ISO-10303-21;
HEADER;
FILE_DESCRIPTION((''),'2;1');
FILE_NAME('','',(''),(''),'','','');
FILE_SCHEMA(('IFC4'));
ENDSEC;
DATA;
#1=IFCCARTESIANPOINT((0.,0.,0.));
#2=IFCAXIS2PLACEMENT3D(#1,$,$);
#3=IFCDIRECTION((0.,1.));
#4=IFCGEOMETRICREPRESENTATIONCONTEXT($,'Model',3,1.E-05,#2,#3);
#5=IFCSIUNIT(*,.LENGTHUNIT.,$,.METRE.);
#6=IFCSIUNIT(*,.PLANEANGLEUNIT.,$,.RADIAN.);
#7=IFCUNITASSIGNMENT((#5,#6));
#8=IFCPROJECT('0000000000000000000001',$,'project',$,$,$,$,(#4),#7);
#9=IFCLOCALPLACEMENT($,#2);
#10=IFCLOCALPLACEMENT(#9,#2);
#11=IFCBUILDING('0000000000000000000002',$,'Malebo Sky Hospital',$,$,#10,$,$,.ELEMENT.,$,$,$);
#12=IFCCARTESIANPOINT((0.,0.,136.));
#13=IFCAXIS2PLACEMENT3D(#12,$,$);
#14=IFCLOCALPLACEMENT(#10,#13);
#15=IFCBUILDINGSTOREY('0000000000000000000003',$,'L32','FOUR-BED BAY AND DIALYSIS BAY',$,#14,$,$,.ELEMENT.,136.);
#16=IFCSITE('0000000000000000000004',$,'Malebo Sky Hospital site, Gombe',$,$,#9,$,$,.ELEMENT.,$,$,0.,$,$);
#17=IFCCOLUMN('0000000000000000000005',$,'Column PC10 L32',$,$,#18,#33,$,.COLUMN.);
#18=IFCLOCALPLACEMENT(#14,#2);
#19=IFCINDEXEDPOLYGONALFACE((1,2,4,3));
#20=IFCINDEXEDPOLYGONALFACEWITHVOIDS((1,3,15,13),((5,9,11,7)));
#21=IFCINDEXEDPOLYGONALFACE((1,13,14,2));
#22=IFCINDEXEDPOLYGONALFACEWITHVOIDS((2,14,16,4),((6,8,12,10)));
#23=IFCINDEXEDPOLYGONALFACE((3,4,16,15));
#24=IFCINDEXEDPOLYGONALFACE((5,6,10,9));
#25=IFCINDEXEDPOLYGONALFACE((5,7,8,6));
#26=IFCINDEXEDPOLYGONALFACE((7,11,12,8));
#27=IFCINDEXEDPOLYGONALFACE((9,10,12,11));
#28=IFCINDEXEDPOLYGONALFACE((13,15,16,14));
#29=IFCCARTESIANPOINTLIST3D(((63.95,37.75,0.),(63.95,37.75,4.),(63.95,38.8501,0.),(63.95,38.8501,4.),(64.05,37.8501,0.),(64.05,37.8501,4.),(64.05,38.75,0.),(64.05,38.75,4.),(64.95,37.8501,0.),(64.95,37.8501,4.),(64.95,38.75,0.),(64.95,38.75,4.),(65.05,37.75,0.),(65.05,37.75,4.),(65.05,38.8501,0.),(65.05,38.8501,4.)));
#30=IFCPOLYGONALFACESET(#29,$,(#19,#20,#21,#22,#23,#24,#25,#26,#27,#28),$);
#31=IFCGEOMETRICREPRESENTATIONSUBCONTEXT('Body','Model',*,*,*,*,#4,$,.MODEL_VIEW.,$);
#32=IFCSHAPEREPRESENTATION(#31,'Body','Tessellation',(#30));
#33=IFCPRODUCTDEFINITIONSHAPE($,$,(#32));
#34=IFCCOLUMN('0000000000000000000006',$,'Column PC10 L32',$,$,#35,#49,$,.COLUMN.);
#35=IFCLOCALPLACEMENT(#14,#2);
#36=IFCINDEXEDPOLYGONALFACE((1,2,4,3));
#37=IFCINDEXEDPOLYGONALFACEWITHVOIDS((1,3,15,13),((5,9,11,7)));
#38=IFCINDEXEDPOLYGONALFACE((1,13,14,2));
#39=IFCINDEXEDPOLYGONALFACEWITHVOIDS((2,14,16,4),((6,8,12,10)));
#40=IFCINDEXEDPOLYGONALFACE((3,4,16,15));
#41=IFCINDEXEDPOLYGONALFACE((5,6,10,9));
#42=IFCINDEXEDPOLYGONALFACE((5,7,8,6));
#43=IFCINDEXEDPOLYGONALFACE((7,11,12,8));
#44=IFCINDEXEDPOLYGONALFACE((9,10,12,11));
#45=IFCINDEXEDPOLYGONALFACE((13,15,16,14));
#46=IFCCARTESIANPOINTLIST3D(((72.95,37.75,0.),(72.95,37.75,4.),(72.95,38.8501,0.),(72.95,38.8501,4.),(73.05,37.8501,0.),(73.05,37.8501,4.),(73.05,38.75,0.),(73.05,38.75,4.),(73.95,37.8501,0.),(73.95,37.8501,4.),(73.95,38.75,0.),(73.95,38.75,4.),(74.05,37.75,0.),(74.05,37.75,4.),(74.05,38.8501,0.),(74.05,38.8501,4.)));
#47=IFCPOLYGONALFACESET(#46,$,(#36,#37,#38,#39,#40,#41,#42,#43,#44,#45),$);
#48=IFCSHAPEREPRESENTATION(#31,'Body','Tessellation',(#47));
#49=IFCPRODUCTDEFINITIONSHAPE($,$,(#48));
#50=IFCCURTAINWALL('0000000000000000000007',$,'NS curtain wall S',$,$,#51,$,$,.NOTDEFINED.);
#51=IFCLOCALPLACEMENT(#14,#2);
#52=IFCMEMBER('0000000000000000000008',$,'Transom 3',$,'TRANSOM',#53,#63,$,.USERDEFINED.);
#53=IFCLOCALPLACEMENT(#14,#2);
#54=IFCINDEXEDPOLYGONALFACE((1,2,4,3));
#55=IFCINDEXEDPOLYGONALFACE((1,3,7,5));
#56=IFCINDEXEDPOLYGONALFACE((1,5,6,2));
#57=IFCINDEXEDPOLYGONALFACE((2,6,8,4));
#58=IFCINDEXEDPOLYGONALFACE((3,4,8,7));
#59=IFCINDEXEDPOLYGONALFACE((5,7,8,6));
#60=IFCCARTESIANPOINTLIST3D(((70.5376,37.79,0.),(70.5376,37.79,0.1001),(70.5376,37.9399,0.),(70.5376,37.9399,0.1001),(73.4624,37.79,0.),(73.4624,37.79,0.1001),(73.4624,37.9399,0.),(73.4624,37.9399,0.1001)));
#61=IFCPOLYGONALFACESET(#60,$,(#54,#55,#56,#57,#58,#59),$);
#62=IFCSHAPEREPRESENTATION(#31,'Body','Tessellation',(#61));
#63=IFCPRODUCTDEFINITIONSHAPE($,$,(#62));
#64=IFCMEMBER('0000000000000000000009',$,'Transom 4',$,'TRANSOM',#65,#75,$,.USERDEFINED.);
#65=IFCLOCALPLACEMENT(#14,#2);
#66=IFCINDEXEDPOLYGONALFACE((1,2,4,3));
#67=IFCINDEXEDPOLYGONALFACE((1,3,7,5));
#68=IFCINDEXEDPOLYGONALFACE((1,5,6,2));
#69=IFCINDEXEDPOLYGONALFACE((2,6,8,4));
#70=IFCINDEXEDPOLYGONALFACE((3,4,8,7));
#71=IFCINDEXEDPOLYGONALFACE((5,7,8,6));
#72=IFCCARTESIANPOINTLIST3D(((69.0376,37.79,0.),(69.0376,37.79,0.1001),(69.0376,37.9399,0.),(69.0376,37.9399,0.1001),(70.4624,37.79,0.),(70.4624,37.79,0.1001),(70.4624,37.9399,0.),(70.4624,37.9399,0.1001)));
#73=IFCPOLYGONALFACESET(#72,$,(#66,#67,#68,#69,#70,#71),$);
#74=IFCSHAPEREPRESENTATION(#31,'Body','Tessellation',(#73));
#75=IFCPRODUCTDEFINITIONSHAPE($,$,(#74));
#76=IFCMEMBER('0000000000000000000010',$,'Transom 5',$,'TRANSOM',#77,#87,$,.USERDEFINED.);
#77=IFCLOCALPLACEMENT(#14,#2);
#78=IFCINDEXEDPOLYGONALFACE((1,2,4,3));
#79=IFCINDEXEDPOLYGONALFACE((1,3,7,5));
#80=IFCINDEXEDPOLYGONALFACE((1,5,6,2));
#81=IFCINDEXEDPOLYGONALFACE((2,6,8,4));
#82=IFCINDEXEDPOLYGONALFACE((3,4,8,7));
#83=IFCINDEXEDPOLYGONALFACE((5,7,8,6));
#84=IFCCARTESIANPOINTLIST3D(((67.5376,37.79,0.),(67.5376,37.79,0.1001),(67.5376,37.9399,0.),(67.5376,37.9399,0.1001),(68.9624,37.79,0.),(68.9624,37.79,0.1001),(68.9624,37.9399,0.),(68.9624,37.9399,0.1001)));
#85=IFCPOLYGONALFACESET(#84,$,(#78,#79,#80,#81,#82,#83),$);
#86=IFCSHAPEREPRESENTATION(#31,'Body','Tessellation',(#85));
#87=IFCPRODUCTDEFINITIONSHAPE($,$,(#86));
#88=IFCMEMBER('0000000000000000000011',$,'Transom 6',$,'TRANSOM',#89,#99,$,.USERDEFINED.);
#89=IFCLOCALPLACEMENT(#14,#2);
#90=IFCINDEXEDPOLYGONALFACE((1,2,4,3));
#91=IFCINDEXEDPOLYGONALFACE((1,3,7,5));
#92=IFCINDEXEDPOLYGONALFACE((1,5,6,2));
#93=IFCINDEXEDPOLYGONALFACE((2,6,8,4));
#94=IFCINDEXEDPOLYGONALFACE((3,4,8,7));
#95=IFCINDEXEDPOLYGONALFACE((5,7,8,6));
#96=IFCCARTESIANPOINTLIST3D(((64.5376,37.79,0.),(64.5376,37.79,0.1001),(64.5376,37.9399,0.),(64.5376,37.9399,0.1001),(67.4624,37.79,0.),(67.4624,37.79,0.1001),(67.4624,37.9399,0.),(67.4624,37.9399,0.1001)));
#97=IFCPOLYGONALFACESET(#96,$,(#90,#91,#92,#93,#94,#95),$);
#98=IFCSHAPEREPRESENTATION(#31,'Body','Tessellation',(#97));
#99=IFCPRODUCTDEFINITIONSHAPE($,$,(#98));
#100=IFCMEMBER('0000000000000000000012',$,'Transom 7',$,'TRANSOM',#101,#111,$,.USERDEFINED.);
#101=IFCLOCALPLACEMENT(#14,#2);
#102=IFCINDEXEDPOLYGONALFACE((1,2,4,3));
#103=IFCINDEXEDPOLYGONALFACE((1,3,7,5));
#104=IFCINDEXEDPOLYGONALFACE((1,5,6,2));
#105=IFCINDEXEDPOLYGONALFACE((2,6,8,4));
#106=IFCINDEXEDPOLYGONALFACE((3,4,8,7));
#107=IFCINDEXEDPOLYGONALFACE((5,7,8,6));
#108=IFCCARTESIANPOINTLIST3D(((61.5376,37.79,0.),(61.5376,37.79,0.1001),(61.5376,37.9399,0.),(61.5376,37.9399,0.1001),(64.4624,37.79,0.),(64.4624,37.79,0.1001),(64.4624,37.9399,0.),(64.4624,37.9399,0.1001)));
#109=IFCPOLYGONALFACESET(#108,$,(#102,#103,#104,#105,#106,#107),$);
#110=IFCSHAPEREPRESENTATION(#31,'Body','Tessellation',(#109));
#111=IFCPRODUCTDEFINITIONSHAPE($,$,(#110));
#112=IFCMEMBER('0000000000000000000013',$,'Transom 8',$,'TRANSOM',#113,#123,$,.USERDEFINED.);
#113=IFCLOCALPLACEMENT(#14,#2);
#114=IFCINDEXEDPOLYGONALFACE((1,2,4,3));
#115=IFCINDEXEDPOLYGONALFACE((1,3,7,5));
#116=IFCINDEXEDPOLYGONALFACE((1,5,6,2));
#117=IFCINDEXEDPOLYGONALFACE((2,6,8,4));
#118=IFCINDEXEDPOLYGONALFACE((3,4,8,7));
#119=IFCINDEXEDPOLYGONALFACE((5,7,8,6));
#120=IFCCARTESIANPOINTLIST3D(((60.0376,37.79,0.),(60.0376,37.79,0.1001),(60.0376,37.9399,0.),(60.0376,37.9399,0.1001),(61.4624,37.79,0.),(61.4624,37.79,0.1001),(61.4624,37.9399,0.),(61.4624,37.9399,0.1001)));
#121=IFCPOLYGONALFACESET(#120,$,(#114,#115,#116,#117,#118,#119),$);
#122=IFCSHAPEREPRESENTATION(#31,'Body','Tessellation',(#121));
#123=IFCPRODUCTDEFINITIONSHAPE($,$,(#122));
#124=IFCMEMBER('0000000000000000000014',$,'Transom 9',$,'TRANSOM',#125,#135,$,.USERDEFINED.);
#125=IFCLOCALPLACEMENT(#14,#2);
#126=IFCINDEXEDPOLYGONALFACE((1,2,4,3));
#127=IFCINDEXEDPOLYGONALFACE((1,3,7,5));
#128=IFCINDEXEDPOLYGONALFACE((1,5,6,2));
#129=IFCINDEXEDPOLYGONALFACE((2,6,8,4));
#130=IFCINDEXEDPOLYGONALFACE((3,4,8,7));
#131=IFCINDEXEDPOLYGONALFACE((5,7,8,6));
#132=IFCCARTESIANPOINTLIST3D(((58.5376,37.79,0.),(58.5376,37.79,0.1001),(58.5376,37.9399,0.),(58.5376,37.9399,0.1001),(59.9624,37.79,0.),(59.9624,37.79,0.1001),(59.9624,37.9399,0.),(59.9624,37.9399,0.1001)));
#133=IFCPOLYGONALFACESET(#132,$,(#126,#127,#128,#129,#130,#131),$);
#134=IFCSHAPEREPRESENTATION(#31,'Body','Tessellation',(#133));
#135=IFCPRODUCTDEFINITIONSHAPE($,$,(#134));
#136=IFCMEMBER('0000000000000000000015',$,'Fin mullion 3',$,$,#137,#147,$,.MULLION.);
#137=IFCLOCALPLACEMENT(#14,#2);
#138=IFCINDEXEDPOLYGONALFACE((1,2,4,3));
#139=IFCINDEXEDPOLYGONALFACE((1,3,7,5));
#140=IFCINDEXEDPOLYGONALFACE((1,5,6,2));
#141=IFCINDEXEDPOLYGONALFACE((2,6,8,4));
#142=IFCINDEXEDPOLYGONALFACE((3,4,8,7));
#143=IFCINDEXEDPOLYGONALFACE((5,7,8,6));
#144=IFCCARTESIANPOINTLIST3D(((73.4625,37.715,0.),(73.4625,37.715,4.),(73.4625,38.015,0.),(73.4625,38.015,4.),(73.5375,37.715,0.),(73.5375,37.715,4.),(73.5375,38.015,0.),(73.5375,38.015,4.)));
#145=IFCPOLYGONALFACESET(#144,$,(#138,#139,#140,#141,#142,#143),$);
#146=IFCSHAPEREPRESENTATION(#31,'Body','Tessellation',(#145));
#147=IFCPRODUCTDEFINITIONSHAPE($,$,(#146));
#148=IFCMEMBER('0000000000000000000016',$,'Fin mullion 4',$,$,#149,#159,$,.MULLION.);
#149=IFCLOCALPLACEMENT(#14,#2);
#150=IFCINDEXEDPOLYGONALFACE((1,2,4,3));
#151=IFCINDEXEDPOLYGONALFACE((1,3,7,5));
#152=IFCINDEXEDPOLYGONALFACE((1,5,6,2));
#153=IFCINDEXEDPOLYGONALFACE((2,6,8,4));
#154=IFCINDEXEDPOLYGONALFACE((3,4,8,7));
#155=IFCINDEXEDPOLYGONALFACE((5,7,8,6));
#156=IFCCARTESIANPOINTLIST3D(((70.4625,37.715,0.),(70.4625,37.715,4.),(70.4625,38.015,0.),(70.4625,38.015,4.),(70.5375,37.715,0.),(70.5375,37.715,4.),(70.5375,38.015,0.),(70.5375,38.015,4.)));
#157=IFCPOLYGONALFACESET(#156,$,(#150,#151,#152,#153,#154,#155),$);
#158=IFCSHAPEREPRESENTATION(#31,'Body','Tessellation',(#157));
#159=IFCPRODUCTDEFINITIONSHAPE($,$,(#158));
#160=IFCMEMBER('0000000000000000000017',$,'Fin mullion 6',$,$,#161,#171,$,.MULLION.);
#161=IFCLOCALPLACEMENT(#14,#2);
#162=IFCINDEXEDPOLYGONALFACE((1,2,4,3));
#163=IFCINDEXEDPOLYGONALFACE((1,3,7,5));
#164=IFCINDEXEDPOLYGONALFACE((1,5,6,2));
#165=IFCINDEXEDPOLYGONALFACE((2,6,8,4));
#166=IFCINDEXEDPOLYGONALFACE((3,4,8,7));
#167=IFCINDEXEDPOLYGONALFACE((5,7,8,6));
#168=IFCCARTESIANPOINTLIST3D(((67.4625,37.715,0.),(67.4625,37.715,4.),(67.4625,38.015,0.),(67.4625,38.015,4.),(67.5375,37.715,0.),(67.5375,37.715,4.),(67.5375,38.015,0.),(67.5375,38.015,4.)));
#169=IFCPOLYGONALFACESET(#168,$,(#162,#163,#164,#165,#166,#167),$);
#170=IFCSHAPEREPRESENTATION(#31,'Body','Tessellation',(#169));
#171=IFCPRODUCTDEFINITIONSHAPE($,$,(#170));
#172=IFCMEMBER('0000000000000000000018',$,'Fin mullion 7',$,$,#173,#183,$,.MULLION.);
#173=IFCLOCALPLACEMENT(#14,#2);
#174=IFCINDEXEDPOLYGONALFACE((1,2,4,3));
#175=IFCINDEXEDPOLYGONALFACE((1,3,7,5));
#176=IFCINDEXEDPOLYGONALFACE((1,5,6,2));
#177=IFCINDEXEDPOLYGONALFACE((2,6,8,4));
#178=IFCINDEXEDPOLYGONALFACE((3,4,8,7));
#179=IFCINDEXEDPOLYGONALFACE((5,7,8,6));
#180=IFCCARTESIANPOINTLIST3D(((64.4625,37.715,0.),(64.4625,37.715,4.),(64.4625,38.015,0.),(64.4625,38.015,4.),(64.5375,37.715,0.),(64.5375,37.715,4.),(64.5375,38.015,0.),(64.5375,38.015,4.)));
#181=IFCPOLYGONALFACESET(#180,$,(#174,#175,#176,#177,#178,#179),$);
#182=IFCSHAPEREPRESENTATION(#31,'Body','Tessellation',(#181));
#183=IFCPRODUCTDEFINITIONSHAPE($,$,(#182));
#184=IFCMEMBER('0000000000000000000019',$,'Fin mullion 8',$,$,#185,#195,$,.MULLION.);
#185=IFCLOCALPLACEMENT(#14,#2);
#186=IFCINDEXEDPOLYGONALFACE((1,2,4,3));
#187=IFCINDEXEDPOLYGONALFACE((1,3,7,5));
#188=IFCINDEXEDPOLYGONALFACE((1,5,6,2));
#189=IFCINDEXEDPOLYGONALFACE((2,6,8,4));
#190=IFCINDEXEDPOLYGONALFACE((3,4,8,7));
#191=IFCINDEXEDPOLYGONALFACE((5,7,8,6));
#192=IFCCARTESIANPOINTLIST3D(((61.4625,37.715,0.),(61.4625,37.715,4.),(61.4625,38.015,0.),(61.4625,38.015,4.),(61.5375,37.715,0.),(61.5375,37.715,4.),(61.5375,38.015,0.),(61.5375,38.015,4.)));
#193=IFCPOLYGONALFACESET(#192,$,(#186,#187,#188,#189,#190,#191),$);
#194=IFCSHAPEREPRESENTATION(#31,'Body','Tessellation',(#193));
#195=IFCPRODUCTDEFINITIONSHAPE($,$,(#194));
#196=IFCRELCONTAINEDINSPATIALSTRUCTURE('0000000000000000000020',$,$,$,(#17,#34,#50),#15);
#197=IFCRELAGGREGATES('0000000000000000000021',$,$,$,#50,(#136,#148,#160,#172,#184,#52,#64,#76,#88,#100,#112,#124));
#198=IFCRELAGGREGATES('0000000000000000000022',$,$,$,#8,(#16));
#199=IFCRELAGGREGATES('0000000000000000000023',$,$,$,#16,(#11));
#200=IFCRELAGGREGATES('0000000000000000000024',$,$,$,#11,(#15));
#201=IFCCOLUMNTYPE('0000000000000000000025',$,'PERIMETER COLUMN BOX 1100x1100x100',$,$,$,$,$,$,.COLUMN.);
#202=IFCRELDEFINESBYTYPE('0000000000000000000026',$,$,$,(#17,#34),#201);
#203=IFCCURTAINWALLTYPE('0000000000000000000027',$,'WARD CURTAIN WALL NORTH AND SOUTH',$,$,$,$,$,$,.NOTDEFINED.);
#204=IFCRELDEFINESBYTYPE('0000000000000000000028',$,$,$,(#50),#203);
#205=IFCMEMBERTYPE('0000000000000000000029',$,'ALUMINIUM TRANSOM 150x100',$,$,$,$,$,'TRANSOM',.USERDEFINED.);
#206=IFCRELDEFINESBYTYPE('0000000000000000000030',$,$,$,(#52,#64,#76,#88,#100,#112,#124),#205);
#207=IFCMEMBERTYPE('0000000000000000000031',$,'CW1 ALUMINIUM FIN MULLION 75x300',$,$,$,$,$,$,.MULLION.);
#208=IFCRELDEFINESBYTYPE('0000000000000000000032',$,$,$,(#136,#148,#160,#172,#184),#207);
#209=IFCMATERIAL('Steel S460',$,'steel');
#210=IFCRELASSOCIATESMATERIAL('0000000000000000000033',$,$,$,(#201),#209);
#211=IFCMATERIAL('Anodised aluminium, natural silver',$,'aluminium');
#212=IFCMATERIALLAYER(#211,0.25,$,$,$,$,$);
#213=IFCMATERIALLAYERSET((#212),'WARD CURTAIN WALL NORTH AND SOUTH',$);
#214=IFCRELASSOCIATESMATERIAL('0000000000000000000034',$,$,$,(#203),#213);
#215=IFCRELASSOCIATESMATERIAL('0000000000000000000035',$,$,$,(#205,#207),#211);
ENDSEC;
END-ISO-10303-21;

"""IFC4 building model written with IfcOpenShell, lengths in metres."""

from ifc_helpers import new_model, si_unit, direction, frame, origin, origin_2d, place, context, subcontext, project, spatial, rectangle, hollow_rectangle, extrude, material, layer, layer_set, material_profile, profile_set, type_object, element, aggregate, save


model = new_model("IFC4")

# Units and contexts
model_context = context("Model", 3, precision=1e-05, world=origin(), true_north=direction((0.0, 1.0)))
body_context = subcontext(model_context, "Body", "Model", "MODEL_VIEW")
ifc_project = project(units=[si_unit("LENGTHUNIT", "METRE"), si_unit("PLANEANGLEUNIT", "RADIAN")], contexts=[model_context])

# Site, building, storey
site_placement = place(None, origin())
site = spatial("IfcSite", under=ifc_project, at=site_placement, Name="Malebo Sky Hospital site, Gombe", CompositionType="ELEMENT", RefElevation=0.0)
building_placement = place(site_placement, origin())
building = spatial("IfcBuilding", under=site, at=building_placement, Name="Malebo Sky Hospital", CompositionType="ELEMENT")
storey_placement = place(building_placement, frame((0.0, 0.0, 136.0)))
storey = spatial("IfcBuildingStorey", under=building, at=storey_placement, Name="L32", Description="FOUR-BED BAY AND DIALYSIS BAY", CompositionType="ELEMENT", Elevation=136.0)

# Columns
ifc_material_1 = material(Name="Steel S460", Category="steel")
ifc_material_profile_1 = material_profile(ifc_material_1, hollow_rectangle(XDim=1.1001, YDim=1.1001, WallThickness=0.1001, at=origin_2d()), Name="BOX 1100x1100x100")
ifc_profile_set_1 = profile_set([ifc_material_profile_1], Name="Steel S460")
column_type = type_object("IfcColumnType", Name="PERIMETER COLUMN BOX 1100x1100x100", PredefinedType="COLUMN", material=ifc_profile_set_1)
for number, where, z_axis, x_axis, name in (
    (1, (64.5, 38.3, 0.0), (0.0, 0.0, 1.0), (1.0, 0.0, 0.0), "Column PC10 L32"),
    (2, (73.5, 38.3, 0.0), (0.0, 0.0, 1.0), (1.0, 0.0, 0.0), "Column PC10 L32"),
):
    element("IfcColumn", number, at=place(storey_placement, frame(where, z_axis=z_axis, x_axis=x_axis)), inside=storey, type_object=column_type, Name=name, PredefinedType="COLUMN", context=body_context, shape_type="SweptSolid", body=[
        extrude(hollow_rectangle(XDim=1.1001, YDim=1.1001, WallThickness=0.1001, at=origin_2d()), origin(), (0.0, 0.0, 1.0), 4.0),
    ])

# Curtain wall, members
ifc_material_2 = material(Name="Anodised aluminium, natural silver", Category="aluminium")
ifc_layer_1 = layer(ifc_material_2, 0.25)
ifc_layer_set_1 = layer_set([ifc_layer_1], Name="WARD CURTAIN WALL NORTH AND SOUTH")
curtain_wall_type = type_object("IfcCurtainWallType", Name="WARD CURTAIN WALL NORTH AND SOUTH", PredefinedType="NOTDEFINED", material=ifc_layer_set_1)
curtain_wall_placement = place(storey_placement, origin())
curtain_wall = element("IfcCurtainWall", 3, at=curtain_wall_placement, inside=storey, type_object=curtain_wall_type, Name="NS curtain wall S", PredefinedType="NOTDEFINED")
ifc_material_profile_2 = material_profile(ifc_material_2, rectangle(XDim=0.1499, YDim=0.1001, at=origin_2d()), Name="ALUMINIUM TRANSOM 150x100")
ifc_profile_set_2 = profile_set([ifc_material_profile_2], Name="Anodised aluminium, natural silver")
member_type_1 = type_object("IfcMemberType", Name="ALUMINIUM TRANSOM 150x100", ElementType="TRANSOM", PredefinedType="USERDEFINED", material=ifc_profile_set_2)
member_1_placement = place(storey_placement, frame((73.4624, 37.865, 0.05), z_axis=(-1.0, 0.0, 0.0), x_axis=(0.0, -1.0, 0.0)))
member_1 = element("IfcMember", 4, at=member_1_placement, type_object=member_type_1, Name="Transom 3", ObjectType="TRANSOM", PredefinedType="USERDEFINED", context=body_context, shape_type="SweptSolid", body=[
    extrude(rectangle(XDim=0.1499, YDim=0.1001, at=origin_2d()), origin(), (0.0, 0.0, 1.0), 2.9248),
])
member_2_placement = place(storey_placement, frame((70.4624, 37.865, 0.05), z_axis=(-1.0, 0.0, 0.0), x_axis=(0.0, -1.0, 0.0)))
member_2 = element("IfcMember", 5, at=member_2_placement, type_object=member_type_1, Name="Transom 4", ObjectType="TRANSOM", PredefinedType="USERDEFINED", context=body_context, shape_type="SweptSolid", body=[
    extrude(rectangle(XDim=0.1499, YDim=0.1001, at=origin_2d()), origin(), (0.0, 0.0, 1.0), 1.4248),
])
member_3_placement = place(storey_placement, frame((68.9624, 37.865, 0.05), z_axis=(-1.0, 0.0, 0.0), x_axis=(0.0, -1.0, 0.0)))
member_3 = element("IfcMember", 6, at=member_3_placement, type_object=member_type_1, Name="Transom 5", ObjectType="TRANSOM", PredefinedType="USERDEFINED", context=body_context, shape_type="SweptSolid", body=[
    extrude(rectangle(XDim=0.1499, YDim=0.1001, at=origin_2d()), origin(), (0.0, 0.0, 1.0), 1.4248),
])
member_4_placement = place(storey_placement, frame((67.4624, 37.865, 0.05), z_axis=(-1.0, 0.0, 0.0), x_axis=(0.0, -1.0, 0.0)))
member_4 = element("IfcMember", 7, at=member_4_placement, type_object=member_type_1, Name="Transom 6", ObjectType="TRANSOM", PredefinedType="USERDEFINED", context=body_context, shape_type="SweptSolid", body=[
    extrude(rectangle(XDim=0.1499, YDim=0.1001, at=origin_2d()), origin(), (0.0, 0.0, 1.0), 2.9248),
])
member_5_placement = place(storey_placement, frame((64.4624, 37.865, 0.05), z_axis=(-1.0, 0.0, 0.0), x_axis=(0.0, -1.0, 0.0)))
member_5 = element("IfcMember", 8, at=member_5_placement, type_object=member_type_1, Name="Transom 7", ObjectType="TRANSOM", PredefinedType="USERDEFINED", context=body_context, shape_type="SweptSolid", body=[
    extrude(rectangle(XDim=0.1499, YDim=0.1001, at=origin_2d()), origin(), (0.0, 0.0, 1.0), 2.9248),
])
member_6_placement = place(storey_placement, frame((61.4624, 37.865, 0.05), z_axis=(-1.0, 0.0, 0.0), x_axis=(0.0, -1.0, 0.0)))
member_6 = element("IfcMember", 9, at=member_6_placement, type_object=member_type_1, Name="Transom 8", ObjectType="TRANSOM", PredefinedType="USERDEFINED", context=body_context, shape_type="SweptSolid", body=[
    extrude(rectangle(XDim=0.1499, YDim=0.1001, at=origin_2d()), origin(), (0.0, 0.0, 1.0), 1.4248),
])
member_7_placement = place(storey_placement, frame((59.9624, 37.865, 0.05), z_axis=(-1.0, 0.0, 0.0), x_axis=(0.0, -1.0, 0.0)))
member_7 = element("IfcMember", 10, at=member_7_placement, type_object=member_type_1, Name="Transom 9", ObjectType="TRANSOM", PredefinedType="USERDEFINED", context=body_context, shape_type="SweptSolid", body=[
    extrude(rectangle(XDim=0.1499, YDim=0.1001, at=origin_2d()), origin(), (0.0, 0.0, 1.0), 1.4248),
])
ifc_material_profile_3 = material_profile(ifc_material_2, rectangle(XDim=0.075, YDim=0.3, at=origin_2d()), Name="CW1 ALUMINIUM FIN MULLION 75x300")
ifc_profile_set_3 = profile_set([ifc_material_profile_3], Name="Anodised aluminium, natural silver")
member_type_2 = type_object("IfcMemberType", Name="CW1 ALUMINIUM FIN MULLION 75x300", PredefinedType="MULLION", material=ifc_profile_set_3)
member_8_placement = place(storey_placement, frame((73.5, 37.865, 0.0), z_axis=(0.0, 0.0, 1.0), x_axis=(-1.0, 0.0, 0.0)))
member_8 = element("IfcMember", 11, at=member_8_placement, type_object=member_type_2, Name="Fin mullion 3", PredefinedType="MULLION", context=body_context, shape_type="SweptSolid", body=[
    extrude(rectangle(XDim=0.075, YDim=0.3, at=origin_2d()), origin(), (0.0, 0.0, 1.0), 4.0),
])
member_9_placement = place(storey_placement, frame((70.5, 37.865, 0.0), z_axis=(0.0, 0.0, 1.0), x_axis=(-1.0, 0.0, 0.0)))
member_9 = element("IfcMember", 12, at=member_9_placement, type_object=member_type_2, Name="Fin mullion 4", PredefinedType="MULLION", context=body_context, shape_type="SweptSolid", body=[
    extrude(rectangle(XDim=0.075, YDim=0.3, at=origin_2d()), origin(), (0.0, 0.0, 1.0), 4.0),
])
member_10_placement = place(storey_placement, frame((67.5, 37.865, 0.0), z_axis=(0.0, 0.0, 1.0), x_axis=(-1.0, 0.0, 0.0)))
member_10 = element("IfcMember", 13, at=member_10_placement, type_object=member_type_2, Name="Fin mullion 6", PredefinedType="MULLION", context=body_context, shape_type="SweptSolid", body=[
    extrude(rectangle(XDim=0.075, YDim=0.3, at=origin_2d()), origin(), (0.0, 0.0, 1.0), 4.0),
])
member_11_placement = place(storey_placement, frame((64.5, 37.865, 0.0), z_axis=(0.0, 0.0, 1.0), x_axis=(-1.0, 0.0, 0.0)))
member_11 = element("IfcMember", 14, at=member_11_placement, type_object=member_type_2, Name="Fin mullion 7", PredefinedType="MULLION", context=body_context, shape_type="SweptSolid", body=[
    extrude(rectangle(XDim=0.075, YDim=0.3, at=origin_2d()), origin(), (0.0, 0.0, 1.0), 4.0),
])
member_12_placement = place(storey_placement, frame((61.5, 37.865, 0.0), z_axis=(0.0, 0.0, 1.0), x_axis=(-1.0, 0.0, 0.0)))
member_12 = element("IfcMember", 15, at=member_12_placement, type_object=member_type_2, Name="Fin mullion 8", PredefinedType="MULLION", context=body_context, shape_type="SweptSolid", body=[
    extrude(rectangle(XDim=0.075, YDim=0.3, at=origin_2d()), origin(), (0.0, 0.0, 1.0), 4.0),
])

aggregate(curtain_wall, [member_8, member_9, member_10, member_11, member_12, member_1, member_2, member_3, member_4, member_5, member_6, member_7])

save(model, "model.ifc")
